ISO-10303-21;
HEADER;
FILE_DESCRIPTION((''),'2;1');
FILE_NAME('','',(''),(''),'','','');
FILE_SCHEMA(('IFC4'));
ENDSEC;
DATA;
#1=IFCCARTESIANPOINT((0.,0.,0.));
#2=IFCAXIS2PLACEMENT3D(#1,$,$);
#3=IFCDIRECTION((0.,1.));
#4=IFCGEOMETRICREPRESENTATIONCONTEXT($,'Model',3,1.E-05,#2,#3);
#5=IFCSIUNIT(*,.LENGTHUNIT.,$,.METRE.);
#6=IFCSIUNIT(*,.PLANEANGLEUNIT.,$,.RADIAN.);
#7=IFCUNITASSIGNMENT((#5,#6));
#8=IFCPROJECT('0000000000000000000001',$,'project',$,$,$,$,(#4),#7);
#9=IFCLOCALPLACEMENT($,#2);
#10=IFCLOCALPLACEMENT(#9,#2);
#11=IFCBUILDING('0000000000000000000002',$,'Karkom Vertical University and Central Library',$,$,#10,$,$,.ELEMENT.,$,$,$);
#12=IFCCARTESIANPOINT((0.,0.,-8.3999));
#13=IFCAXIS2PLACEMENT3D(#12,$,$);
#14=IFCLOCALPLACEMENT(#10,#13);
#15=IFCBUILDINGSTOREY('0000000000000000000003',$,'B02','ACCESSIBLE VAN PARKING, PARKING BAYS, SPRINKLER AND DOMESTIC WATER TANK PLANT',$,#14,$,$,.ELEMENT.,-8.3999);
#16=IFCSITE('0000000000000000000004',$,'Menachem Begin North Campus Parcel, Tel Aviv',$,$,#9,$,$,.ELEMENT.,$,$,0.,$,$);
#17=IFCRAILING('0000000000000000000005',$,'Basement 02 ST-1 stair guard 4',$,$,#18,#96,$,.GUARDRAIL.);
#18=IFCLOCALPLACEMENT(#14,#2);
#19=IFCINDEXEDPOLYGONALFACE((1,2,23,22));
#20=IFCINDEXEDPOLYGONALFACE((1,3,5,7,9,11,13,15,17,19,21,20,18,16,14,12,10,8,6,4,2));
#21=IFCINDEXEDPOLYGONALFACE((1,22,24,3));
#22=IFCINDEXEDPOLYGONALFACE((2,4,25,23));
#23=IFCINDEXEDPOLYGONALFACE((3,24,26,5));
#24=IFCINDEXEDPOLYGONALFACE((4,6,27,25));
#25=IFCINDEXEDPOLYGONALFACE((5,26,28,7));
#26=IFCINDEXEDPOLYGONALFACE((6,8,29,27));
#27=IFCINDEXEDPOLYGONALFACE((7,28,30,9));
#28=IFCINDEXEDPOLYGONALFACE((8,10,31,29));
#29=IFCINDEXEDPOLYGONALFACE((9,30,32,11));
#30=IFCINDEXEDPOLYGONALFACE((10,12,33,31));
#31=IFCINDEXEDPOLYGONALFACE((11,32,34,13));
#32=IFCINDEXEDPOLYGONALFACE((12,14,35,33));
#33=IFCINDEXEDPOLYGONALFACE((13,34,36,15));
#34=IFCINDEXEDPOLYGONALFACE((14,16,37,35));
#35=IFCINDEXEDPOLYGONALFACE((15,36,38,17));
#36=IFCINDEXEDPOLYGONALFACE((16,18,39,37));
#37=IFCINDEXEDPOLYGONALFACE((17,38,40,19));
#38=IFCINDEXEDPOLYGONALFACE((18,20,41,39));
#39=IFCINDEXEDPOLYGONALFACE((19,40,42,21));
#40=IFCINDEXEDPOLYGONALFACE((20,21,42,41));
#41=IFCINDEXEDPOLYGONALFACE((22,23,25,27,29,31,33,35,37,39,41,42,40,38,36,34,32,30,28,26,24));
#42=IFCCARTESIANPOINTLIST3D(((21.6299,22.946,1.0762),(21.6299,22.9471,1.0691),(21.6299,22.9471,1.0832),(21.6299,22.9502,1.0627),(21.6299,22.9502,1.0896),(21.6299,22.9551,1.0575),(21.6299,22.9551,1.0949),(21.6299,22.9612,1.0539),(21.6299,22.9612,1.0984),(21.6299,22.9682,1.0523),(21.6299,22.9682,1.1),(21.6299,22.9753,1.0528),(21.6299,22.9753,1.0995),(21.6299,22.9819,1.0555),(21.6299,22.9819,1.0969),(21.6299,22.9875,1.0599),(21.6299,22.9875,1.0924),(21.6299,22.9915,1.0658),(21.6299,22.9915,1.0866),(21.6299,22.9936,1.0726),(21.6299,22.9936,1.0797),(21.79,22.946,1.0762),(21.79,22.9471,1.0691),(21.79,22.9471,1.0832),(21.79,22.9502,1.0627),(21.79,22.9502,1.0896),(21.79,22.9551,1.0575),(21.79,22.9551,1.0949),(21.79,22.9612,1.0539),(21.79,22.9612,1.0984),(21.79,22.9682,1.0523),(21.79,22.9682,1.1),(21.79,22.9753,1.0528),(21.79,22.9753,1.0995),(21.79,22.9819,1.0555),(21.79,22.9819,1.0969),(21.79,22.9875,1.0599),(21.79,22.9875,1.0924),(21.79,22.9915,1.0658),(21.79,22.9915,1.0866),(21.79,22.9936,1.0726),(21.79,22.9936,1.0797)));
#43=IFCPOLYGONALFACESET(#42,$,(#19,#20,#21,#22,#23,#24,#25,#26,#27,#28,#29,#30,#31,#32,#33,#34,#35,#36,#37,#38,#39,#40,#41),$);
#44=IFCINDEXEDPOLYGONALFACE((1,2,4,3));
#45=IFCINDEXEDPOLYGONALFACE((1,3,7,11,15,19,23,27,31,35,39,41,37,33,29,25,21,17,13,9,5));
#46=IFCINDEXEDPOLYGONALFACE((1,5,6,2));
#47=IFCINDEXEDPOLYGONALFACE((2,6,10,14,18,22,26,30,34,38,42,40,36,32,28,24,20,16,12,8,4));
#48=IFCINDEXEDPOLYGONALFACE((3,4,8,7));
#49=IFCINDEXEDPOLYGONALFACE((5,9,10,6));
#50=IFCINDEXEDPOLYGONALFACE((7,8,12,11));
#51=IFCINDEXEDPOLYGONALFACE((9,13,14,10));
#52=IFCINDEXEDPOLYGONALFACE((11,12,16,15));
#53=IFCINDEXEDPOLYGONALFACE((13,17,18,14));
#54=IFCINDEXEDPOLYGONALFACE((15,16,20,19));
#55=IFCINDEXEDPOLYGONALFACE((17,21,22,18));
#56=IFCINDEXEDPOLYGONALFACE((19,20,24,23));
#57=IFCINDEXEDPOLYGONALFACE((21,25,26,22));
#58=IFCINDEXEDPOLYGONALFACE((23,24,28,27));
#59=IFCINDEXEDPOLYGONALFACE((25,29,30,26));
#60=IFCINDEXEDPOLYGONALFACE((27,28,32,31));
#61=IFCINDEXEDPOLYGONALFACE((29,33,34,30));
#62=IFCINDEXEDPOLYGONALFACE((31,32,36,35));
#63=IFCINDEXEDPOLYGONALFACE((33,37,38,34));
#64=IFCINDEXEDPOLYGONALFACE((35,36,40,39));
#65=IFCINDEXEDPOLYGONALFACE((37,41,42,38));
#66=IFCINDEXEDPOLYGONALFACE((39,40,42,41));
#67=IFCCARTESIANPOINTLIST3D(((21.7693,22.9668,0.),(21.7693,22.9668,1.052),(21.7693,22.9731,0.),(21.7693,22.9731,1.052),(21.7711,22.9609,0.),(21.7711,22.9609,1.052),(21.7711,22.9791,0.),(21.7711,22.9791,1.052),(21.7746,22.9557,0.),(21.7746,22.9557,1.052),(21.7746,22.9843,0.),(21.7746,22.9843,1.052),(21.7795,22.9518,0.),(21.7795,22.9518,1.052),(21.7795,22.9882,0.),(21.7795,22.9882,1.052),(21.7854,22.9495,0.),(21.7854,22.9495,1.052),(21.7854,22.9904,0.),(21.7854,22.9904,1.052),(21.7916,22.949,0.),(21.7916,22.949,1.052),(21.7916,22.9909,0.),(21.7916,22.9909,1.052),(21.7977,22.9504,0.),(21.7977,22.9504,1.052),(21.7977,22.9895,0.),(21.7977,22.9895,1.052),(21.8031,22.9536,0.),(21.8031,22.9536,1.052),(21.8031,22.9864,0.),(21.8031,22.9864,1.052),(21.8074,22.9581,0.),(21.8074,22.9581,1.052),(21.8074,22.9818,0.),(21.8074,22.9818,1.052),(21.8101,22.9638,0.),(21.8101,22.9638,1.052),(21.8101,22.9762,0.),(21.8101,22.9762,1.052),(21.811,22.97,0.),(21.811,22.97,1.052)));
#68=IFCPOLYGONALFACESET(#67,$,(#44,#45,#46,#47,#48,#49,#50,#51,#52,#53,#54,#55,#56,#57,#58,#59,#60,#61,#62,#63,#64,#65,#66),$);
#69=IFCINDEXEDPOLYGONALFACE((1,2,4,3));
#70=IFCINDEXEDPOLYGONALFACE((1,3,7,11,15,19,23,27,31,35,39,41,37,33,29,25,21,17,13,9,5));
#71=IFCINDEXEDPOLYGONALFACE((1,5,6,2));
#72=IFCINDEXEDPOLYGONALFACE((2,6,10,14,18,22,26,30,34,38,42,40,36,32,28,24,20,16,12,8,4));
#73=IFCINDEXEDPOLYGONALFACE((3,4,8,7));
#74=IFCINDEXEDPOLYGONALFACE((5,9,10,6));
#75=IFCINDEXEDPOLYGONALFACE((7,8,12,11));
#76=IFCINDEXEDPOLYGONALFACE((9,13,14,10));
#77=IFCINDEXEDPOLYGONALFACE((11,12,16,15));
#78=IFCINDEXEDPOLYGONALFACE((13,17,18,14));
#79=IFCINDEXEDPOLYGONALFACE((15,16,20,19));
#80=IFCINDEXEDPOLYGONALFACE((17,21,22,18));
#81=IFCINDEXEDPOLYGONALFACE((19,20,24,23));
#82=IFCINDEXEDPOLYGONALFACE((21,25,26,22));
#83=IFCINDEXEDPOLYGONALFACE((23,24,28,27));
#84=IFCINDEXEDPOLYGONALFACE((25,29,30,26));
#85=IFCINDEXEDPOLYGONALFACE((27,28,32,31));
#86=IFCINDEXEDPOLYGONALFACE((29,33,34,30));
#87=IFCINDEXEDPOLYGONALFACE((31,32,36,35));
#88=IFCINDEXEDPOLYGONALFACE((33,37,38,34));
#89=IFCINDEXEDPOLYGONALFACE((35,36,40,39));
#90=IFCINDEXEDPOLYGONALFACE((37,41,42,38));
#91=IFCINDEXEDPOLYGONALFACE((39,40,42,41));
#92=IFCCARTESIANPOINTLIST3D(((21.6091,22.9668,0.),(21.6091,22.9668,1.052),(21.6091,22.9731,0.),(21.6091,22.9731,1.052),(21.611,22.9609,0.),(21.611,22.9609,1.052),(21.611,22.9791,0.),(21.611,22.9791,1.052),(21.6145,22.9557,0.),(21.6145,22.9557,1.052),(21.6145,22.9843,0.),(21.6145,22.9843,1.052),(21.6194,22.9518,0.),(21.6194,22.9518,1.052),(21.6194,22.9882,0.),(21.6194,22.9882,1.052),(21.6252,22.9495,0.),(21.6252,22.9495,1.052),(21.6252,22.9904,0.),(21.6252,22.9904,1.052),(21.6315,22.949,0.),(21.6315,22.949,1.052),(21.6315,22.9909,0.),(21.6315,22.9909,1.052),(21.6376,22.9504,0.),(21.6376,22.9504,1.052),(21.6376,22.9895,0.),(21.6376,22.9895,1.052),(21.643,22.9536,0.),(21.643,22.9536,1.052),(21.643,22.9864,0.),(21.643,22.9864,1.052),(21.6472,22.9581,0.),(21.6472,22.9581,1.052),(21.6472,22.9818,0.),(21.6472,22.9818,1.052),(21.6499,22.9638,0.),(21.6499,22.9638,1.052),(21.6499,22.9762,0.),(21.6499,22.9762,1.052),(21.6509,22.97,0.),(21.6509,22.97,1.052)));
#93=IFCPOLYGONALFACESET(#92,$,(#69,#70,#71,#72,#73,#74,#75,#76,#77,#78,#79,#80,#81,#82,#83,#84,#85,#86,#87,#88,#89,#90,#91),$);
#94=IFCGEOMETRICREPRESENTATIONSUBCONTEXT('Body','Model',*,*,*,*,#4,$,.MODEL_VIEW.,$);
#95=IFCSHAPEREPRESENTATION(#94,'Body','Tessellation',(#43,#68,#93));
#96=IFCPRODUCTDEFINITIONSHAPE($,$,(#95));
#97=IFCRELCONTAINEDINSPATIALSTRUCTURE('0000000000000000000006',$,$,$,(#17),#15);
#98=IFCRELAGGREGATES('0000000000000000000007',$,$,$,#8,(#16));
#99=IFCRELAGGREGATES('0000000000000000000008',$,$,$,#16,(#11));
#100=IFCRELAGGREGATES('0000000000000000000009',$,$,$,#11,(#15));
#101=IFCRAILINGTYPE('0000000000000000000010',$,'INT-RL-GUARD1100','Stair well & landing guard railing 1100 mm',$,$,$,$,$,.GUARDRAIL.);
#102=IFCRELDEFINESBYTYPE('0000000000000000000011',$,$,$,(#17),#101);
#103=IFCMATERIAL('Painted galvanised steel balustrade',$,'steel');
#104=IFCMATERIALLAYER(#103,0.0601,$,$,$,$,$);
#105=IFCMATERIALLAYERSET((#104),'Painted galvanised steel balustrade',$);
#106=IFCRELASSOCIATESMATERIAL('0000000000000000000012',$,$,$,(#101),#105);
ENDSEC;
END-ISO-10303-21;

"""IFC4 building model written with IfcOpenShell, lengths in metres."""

from ifc_helpers import new_model, si_unit, direction, frame, origin, origin_2d, place, context, subcontext, project, spatial, circle, extrude, material, layer, layer_set, type_object, element, save


model = new_model("IFC4")

# Units and contexts
model_context = context("Model", 3, precision=1e-05, world=origin(), true_north=direction((0.0, 1.0)))
body_context = subcontext(model_context, "Body", "Model", "MODEL_VIEW")
ifc_project = project(units=[si_unit("LENGTHUNIT", "METRE"), si_unit("PLANEANGLEUNIT", "RADIAN")], contexts=[model_context])

# Site, building, storey
site_placement = place(None, origin())
site = spatial("IfcSite", under=ifc_project, at=site_placement, Name="Menachem Begin North Campus Parcel, Tel Aviv", CompositionType="ELEMENT", RefElevation=0.0)
building_placement = place(site_placement, origin())
building = spatial("IfcBuilding", under=site, at=building_placement, Name="Karkom Vertical University and Central Library", CompositionType="ELEMENT")
storey_placement = place(building_placement, frame((0.0, 0.0, -8.3999)))
storey = spatial("IfcBuildingStorey", under=building, at=storey_placement, Name="B02", Description="ACCESSIBLE VAN PARKING, PARKING BAYS, SPRINKLER AND DOMESTIC WATER TANK PLANT", CompositionType="ELEMENT", Elevation=-8.3999)

# Railing
ifc_material_1 = material(Name="Painted galvanised steel balustrade", Category="steel")
ifc_layer_1 = layer(ifc_material_1, 0.0601)
ifc_layer_set_1 = layer_set([ifc_layer_1], Name="Painted galvanised steel balustrade")
railing_type_1 = type_object("IfcRailingType", Name="INT-RL-GUARD1100", Description="Stair well & landing guard railing 1100 mm", PredefinedType="GUARDRAIL", material=ifc_layer_set_1)
railing_1_placement = place(storey_placement, frame((21.79, 22.97, 0.0)))
element("IfcRailing", 1, at=railing_1_placement, inside=storey, type_object=railing_type_1, Name="Basement 02 ST-1 stair guard 4", PredefinedType="GUARDRAIL", context=body_context, shape_type="SweptSolid", body=[
    extrude(circle(Radius=0.0239, at=origin_2d()), frame((0.0, 0.0, 1.0762), z_axis=(-1.0, 0.0, 0.0), x_axis=(0.0, -1.0, 0.0)), (0.0, 0.0, 1.0), 0.1602),
    extrude(circle(Radius=0.021, at=origin_2d()), origin(), (0.0, 0.0, 1.0), 1.052),
    extrude(circle(Radius=0.021, at=origin_2d()), frame((-0.1602, 0.0, 0.0)), (0.0, 0.0, 1.0), 1.052),
])

save(model, "model.ifc")
